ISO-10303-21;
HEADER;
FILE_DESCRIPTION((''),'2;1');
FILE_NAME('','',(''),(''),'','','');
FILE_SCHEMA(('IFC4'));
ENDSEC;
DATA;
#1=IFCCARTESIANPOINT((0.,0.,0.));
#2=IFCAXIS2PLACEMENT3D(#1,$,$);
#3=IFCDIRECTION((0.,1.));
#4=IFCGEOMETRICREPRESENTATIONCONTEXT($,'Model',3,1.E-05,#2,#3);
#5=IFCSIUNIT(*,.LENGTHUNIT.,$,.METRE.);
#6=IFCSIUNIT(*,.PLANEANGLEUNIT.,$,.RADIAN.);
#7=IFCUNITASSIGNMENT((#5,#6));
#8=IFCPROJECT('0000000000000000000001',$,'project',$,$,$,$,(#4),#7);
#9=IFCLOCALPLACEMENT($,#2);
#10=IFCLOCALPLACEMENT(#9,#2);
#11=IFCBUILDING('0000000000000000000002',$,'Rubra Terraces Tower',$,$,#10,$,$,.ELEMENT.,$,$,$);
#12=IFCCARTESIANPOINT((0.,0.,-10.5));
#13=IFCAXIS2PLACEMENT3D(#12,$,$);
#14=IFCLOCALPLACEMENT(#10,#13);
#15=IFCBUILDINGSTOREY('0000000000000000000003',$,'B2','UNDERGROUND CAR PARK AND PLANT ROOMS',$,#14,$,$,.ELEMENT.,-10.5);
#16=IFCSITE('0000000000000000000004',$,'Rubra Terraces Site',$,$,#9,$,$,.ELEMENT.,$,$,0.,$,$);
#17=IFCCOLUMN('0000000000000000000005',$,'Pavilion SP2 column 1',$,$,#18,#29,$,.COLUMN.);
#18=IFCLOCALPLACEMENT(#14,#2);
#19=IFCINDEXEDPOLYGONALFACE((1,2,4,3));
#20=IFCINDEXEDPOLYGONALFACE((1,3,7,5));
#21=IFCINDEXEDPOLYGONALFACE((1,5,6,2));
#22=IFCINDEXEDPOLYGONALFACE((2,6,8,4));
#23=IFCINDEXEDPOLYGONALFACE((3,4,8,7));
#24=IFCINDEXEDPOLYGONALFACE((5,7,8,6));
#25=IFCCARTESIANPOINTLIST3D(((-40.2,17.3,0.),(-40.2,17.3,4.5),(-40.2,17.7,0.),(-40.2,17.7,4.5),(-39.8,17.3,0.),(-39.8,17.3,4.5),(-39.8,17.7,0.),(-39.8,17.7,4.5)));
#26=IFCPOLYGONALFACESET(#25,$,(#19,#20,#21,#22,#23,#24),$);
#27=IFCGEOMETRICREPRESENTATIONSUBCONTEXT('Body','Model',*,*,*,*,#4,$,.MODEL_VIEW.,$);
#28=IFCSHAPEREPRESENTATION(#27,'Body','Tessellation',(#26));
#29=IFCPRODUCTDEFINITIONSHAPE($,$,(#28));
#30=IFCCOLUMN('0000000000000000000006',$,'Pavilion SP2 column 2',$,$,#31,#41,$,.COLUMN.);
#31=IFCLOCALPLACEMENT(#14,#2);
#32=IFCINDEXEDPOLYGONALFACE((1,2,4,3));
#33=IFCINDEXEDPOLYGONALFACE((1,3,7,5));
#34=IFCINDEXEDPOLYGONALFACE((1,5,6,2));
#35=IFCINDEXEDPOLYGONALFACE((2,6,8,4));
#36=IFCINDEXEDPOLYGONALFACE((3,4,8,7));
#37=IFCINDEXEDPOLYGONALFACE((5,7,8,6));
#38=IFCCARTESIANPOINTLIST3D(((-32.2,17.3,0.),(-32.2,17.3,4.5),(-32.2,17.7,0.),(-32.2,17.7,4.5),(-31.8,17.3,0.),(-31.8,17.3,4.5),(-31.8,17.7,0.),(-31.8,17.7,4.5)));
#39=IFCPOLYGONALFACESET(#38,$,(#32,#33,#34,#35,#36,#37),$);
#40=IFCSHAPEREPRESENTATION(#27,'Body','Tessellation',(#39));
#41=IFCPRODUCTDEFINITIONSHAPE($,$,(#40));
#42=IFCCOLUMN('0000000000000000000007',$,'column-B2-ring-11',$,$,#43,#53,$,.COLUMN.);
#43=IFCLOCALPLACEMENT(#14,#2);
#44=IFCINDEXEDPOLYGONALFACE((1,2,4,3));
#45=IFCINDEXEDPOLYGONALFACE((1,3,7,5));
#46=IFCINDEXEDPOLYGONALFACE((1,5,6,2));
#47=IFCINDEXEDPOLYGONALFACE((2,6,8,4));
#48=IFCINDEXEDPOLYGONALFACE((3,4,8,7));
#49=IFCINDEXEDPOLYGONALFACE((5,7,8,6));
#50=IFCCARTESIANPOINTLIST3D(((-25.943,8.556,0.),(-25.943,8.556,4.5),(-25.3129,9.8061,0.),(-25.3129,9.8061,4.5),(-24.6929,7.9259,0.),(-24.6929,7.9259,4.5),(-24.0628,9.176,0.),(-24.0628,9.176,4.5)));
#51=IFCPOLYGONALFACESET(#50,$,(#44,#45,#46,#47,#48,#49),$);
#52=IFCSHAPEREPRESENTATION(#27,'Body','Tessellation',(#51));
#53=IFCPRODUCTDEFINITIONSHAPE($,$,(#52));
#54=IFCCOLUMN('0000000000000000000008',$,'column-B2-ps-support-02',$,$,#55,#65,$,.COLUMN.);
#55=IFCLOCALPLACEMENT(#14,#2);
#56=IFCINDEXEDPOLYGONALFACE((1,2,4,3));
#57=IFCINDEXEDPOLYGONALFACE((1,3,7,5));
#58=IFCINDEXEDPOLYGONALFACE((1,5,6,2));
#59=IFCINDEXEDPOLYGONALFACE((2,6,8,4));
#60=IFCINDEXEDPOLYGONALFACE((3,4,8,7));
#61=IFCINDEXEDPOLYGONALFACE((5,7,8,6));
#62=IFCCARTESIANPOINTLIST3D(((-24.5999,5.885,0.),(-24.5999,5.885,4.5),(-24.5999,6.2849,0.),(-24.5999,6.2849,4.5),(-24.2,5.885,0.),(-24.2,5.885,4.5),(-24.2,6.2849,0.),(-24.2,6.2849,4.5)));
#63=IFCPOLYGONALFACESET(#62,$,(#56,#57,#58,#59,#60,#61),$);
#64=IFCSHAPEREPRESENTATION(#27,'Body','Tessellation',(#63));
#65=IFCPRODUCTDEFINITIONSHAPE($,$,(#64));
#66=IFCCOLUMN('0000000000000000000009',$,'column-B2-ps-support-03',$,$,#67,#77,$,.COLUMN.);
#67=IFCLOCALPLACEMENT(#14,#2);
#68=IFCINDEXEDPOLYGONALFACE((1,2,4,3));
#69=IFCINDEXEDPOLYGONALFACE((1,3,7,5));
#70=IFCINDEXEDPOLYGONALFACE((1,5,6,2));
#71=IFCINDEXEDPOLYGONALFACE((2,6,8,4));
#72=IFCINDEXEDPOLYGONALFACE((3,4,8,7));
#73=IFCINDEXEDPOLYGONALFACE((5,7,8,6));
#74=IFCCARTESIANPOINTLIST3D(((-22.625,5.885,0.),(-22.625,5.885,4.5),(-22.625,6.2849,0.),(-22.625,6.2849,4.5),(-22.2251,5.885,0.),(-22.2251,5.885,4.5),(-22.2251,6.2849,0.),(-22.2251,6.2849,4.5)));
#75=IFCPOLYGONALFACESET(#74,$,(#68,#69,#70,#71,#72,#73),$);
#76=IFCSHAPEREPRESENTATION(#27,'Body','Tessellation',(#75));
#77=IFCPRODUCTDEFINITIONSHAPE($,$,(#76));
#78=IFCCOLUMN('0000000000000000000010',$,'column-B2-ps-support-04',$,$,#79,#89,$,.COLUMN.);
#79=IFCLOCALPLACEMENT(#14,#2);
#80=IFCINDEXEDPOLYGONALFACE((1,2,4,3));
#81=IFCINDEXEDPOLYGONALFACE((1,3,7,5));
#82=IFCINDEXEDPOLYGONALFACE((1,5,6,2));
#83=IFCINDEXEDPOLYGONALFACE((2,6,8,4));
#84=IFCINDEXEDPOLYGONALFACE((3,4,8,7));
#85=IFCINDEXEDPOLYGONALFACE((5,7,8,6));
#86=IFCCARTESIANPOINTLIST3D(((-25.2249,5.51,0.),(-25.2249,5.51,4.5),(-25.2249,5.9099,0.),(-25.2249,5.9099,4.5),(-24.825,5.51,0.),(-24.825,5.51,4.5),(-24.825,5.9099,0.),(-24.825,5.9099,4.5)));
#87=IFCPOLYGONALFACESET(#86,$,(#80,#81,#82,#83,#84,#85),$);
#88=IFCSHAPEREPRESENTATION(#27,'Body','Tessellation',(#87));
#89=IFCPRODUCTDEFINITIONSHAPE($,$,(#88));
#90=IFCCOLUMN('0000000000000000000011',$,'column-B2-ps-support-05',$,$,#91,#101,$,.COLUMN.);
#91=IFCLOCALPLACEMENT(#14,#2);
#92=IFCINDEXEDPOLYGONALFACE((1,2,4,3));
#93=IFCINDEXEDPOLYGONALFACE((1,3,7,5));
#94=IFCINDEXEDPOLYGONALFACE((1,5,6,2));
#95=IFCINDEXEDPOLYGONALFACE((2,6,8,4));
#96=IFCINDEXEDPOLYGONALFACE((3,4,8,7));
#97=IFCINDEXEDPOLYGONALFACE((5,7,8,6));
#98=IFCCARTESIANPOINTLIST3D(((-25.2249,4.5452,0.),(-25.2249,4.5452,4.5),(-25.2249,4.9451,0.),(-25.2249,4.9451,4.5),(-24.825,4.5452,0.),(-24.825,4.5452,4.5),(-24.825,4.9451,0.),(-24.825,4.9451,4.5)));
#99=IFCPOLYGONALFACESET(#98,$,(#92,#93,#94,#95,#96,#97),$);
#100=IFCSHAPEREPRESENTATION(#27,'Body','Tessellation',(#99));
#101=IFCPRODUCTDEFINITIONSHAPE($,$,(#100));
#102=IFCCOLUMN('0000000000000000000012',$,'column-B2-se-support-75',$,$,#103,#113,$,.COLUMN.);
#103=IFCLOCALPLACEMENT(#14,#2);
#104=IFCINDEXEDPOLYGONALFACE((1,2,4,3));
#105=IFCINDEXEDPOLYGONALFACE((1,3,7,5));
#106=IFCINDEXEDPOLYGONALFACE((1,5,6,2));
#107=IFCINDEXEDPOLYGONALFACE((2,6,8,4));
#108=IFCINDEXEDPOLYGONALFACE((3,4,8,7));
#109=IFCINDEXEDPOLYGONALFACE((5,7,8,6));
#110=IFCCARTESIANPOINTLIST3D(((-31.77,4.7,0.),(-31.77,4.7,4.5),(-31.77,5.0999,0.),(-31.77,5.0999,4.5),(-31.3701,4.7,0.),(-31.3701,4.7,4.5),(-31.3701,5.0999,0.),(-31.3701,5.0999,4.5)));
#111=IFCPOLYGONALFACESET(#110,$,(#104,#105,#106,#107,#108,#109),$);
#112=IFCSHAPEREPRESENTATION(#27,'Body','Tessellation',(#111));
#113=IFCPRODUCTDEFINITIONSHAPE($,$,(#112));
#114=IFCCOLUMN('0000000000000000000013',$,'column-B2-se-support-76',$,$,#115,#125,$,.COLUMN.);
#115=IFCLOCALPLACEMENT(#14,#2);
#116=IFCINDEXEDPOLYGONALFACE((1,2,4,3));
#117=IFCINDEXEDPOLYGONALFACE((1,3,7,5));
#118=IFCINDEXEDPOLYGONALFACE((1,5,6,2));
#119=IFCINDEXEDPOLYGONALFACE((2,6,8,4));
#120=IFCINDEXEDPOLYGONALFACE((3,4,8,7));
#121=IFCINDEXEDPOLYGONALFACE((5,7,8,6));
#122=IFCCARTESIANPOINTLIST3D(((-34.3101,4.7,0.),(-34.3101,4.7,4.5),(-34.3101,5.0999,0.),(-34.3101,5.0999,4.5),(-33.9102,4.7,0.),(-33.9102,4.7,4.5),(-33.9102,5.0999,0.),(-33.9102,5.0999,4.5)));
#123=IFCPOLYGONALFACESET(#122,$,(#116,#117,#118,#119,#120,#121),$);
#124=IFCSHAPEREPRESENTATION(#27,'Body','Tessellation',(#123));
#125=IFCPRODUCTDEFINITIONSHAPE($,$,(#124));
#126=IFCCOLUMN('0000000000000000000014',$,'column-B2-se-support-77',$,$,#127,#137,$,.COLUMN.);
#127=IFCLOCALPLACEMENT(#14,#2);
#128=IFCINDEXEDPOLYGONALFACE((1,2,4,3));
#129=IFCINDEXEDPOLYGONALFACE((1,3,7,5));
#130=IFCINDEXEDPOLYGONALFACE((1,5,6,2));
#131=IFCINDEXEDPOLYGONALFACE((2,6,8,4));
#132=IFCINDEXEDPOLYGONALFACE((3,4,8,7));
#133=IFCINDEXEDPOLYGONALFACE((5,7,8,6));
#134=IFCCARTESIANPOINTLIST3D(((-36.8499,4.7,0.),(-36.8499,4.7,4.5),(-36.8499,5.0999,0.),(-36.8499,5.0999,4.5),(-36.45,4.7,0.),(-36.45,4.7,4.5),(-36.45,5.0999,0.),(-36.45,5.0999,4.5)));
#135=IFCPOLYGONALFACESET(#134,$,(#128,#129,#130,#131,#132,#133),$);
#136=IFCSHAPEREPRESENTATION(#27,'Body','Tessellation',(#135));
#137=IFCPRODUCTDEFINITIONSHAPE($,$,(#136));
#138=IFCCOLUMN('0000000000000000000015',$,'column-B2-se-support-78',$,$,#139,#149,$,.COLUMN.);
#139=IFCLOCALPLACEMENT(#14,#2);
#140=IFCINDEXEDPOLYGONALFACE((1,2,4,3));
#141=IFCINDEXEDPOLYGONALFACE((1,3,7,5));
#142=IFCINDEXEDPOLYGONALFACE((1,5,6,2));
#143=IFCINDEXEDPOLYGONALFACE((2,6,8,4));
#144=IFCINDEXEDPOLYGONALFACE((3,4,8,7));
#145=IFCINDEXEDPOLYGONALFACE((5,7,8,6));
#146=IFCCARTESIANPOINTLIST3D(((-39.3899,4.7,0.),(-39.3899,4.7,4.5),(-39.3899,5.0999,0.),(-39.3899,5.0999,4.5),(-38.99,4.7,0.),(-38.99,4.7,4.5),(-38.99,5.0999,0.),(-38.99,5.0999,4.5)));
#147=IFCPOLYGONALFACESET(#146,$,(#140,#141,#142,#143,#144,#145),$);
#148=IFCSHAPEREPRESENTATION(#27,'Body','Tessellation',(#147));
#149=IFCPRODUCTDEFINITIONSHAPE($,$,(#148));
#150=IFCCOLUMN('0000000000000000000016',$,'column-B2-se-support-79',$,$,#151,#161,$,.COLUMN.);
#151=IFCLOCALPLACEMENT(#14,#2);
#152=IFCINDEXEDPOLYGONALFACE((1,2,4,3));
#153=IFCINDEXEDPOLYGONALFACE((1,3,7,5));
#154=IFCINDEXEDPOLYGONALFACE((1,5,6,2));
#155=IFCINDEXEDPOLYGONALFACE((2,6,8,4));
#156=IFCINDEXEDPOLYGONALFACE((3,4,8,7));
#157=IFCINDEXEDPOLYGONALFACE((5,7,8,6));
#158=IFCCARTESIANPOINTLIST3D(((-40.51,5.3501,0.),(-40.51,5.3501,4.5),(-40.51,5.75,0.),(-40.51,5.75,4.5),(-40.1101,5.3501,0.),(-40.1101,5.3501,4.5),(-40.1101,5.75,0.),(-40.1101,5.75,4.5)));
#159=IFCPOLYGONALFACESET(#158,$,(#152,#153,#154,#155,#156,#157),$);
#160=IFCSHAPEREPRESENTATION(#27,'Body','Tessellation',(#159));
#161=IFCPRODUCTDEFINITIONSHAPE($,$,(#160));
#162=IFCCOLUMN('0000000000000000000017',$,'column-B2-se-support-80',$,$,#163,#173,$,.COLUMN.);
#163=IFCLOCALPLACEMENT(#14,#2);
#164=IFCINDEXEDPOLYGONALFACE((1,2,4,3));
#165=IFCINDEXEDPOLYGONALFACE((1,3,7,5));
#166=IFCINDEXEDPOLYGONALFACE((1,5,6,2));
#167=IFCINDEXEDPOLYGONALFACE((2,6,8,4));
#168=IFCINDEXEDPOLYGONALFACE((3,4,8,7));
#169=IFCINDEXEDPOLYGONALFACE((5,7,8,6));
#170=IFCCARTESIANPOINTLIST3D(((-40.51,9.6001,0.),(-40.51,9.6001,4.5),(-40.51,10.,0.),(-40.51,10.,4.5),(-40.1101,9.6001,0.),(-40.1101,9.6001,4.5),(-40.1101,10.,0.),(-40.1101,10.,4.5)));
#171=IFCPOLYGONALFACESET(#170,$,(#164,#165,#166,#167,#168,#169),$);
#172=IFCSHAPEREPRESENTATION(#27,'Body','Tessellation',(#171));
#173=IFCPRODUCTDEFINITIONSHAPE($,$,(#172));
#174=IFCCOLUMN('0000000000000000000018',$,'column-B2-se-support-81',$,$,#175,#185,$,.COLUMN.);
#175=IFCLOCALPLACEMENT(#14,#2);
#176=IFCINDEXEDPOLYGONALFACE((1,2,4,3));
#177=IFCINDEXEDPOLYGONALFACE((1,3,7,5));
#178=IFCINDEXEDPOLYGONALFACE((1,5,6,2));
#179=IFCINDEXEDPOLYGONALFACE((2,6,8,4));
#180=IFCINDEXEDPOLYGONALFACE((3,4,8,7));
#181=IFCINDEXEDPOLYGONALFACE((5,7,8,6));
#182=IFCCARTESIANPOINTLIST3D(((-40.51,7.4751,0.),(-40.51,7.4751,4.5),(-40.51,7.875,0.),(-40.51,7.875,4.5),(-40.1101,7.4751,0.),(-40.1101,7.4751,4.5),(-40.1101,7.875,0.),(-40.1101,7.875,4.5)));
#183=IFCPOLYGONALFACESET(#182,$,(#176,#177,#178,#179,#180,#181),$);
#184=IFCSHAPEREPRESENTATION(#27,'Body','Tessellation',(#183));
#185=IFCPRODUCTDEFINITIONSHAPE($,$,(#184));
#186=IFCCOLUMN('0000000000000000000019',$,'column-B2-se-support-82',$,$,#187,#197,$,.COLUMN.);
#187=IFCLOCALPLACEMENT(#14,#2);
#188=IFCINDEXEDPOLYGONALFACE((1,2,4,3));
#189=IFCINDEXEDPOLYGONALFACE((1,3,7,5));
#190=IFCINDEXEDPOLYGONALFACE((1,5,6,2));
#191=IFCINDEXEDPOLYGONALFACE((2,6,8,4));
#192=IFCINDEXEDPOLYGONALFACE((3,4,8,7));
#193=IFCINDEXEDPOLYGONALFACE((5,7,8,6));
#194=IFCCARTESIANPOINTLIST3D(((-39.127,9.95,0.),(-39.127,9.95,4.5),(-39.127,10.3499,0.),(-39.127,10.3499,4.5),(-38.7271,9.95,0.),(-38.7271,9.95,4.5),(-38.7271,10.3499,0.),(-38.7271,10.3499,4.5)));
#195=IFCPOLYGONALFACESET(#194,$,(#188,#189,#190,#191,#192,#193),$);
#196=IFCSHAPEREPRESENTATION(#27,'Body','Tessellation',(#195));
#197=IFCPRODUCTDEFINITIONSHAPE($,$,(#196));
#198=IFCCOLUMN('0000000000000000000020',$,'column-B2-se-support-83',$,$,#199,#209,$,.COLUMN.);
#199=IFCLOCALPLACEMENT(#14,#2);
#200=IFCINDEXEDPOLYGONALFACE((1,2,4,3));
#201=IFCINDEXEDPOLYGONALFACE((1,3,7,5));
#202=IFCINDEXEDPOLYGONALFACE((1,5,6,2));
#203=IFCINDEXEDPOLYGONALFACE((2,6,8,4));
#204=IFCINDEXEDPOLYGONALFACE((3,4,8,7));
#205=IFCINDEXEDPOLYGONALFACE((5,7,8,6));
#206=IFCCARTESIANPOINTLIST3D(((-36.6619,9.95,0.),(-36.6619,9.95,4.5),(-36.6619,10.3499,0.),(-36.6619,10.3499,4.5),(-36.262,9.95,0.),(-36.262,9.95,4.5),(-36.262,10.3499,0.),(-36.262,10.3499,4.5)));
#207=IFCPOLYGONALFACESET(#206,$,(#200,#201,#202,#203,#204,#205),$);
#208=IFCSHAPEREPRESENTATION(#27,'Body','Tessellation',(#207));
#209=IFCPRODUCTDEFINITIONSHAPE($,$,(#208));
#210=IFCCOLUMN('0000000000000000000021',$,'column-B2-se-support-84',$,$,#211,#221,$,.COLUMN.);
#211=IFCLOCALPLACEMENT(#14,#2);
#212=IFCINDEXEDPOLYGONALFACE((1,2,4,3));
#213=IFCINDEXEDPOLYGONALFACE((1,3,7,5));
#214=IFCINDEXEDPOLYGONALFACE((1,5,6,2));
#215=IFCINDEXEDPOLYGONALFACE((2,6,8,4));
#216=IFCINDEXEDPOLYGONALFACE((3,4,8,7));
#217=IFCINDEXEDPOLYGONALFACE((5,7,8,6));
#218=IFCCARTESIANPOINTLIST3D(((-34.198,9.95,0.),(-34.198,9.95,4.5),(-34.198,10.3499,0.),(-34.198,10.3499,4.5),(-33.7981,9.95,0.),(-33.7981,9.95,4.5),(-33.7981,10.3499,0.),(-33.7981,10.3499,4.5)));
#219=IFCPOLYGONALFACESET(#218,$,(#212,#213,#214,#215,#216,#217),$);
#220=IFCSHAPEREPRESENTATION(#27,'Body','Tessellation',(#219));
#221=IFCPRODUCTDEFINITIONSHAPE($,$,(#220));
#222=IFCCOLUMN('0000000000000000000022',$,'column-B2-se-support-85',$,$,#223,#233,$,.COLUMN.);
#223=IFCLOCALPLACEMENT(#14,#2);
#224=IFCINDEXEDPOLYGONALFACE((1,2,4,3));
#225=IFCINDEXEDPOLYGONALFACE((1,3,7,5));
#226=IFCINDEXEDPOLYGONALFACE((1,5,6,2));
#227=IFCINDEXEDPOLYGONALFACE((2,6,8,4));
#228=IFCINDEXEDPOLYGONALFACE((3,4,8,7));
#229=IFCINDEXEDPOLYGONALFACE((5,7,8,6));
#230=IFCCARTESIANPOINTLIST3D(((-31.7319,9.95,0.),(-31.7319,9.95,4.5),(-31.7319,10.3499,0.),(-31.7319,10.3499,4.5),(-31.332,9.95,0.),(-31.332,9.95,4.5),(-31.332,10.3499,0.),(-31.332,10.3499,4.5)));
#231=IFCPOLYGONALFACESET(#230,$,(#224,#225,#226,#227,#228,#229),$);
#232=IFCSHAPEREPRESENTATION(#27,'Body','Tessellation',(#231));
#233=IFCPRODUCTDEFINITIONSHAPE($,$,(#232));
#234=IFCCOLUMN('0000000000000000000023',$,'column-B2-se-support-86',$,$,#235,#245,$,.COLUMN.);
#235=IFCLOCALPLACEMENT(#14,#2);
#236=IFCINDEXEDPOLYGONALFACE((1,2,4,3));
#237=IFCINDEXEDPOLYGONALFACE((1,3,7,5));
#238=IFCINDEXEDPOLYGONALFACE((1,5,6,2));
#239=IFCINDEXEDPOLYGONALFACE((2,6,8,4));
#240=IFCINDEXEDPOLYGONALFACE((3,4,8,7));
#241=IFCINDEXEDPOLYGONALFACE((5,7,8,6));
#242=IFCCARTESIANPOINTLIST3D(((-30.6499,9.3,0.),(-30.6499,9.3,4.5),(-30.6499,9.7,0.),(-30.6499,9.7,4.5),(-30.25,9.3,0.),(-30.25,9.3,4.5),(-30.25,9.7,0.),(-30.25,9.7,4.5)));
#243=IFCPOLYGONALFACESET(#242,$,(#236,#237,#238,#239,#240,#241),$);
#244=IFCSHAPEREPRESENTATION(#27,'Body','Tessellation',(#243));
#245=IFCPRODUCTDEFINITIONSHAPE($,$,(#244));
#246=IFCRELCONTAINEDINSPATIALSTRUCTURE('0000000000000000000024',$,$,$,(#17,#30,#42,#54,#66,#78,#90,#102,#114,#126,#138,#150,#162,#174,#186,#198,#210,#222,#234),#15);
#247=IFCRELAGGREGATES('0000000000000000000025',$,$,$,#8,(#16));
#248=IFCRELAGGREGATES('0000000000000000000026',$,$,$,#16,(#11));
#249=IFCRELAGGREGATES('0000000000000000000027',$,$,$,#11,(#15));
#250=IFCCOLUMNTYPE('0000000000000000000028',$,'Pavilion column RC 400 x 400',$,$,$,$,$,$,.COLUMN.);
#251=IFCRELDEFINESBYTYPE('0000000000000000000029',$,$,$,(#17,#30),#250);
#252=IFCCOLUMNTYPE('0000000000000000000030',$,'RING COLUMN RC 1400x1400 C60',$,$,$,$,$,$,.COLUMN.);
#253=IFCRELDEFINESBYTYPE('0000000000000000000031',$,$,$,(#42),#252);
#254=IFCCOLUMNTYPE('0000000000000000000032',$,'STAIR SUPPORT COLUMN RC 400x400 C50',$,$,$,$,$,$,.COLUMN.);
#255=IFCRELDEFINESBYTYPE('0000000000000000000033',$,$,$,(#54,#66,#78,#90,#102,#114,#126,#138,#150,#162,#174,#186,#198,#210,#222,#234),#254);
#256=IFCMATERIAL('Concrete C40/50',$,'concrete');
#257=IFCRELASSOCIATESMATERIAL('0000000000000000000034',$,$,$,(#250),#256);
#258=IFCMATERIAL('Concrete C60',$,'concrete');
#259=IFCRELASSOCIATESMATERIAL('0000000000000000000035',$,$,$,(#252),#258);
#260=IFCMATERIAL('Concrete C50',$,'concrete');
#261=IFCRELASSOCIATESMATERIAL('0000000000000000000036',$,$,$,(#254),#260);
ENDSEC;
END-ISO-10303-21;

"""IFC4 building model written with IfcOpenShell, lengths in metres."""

from ifc_helpers import new_model, si_unit, direction, frame, origin, origin_2d, place, context, subcontext, project, spatial, rectangle, extrude, material, material_profile, profile_set, type_object, element, save


model = new_model("IFC4")

# Units and contexts
model_context = context("Model", 3, precision=1e-05, world=origin(), true_north=direction((0.0, 1.0)))
body_context = subcontext(model_context, "Body", "Model", "MODEL_VIEW")
ifc_project = project(units=[si_unit("LENGTHUNIT", "METRE"), si_unit("PLANEANGLEUNIT", "RADIAN")], contexts=[model_context])

# Site, building, storey
site_placement = place(None, origin())
site = spatial("IfcSite", under=ifc_project, at=site_placement, Name="Rubra Terraces Site", CompositionType="ELEMENT", RefElevation=0.0)
building_placement = place(site_placement, origin())
building = spatial("IfcBuilding", under=site, at=building_placement, Name="Rubra Terraces Tower", CompositionType="ELEMENT")
storey_placement = place(building_placement, frame((0.0, 0.0, -10.5)))
storey = spatial("IfcBuildingStorey", under=building, at=storey_placement, Name="B2", Description="UNDERGROUND CAR PARK AND PLANT ROOMS", CompositionType="ELEMENT", Elevation=-10.5)

# Columns
ifc_material_1 = material(Name="Concrete C40/50", Category="concrete")
ifc_material_profile_1 = material_profile(ifc_material_1, rectangle(XDim=0.3999, YDim=0.3999, at=origin_2d()), Name="RC 400x400")
ifc_profile_set_1 = profile_set([ifc_material_profile_1], Name="Concrete C40/50")
column_type_1 = type_object("IfcColumnType", Name="Pavilion column RC 400 x 400", PredefinedType="COLUMN", material=ifc_profile_set_1)
for number, where, z_axis, x_axis, name in (
    (1, (-40.0, 17.5, 0.0), (0.0, 0.0, 1.0), (1.0, 0.0, 0.0), "Pavilion SP2 column 1"),
    (2, (-32.0, 17.5, 0.0), (0.0, 0.0, 1.0), (1.0, 0.0, 0.0), "Pavilion SP2 column 2"),
):
    element("IfcColumn", number, at=place(storey_placement, frame(where, z_axis=z_axis, x_axis=x_axis)), inside=storey, type_object=column_type_1, Name=name, PredefinedType="COLUMN", context=body_context, shape_type="SweptSolid", body=[
        extrude(rectangle(XDim=0.3999, YDim=0.3999, at=origin_2d()), origin(), (0.0, 0.0, 1.0), 4.5),
    ])
ifc_material_2 = material(Name="Concrete C60", Category="concrete")
ifc_material_profile_2 = material_profile(ifc_material_2, rectangle(XDim=1.3999, YDim=1.3999, at=origin_2d()), Name="RC 1400x1400")
ifc_profile_set_2 = profile_set([ifc_material_profile_2], Name="Concrete C60")
column_type_2 = type_object("IfcColumnType", Name="RING COLUMN RC 1400x1400 C60", PredefinedType="COLUMN", material=ifc_profile_set_2)
column_placement = place(storey_placement, frame((-25.0029, 8.866, 0.0), z_axis=(0.0, 0.0, 1.0), x_axis=(-0.450099, -0.892979, 0.0)))
element("IfcColumn", 3, at=column_placement, inside=storey, type_object=column_type_2, Name="column-B2-ring-11", PredefinedType="COLUMN", context=body_context, shape_type="SweptSolid", body=[
    extrude(rectangle(XDim=1.3999, YDim=1.3999, at=origin_2d()), origin(), (0.0, 0.0, 1.0), 4.5),
])
ifc_material_3 = material(Name="Concrete C50", Category="concrete")
ifc_material_profile_3 = material_profile(ifc_material_3, rectangle(XDim=0.3999, YDim=0.3999, at=origin_2d()), Name="RC 400x400")
ifc_profile_set_3 = profile_set([ifc_material_profile_3], Name="Concrete C50")
column_type_3 = type_object("IfcColumnType", Name="STAIR SUPPORT COLUMN RC 400x400 C50", PredefinedType="COLUMN", material=ifc_profile_set_3)
for number, where, z_axis, x_axis, name in (
    (4, (-24.3999, 6.085, 0.0), (0.0, 0.0, 1.0), (1.0, 0.0, 0.0), "column-B2-ps-support-02"),
    (5, (-22.425, 6.085, 0.0), (0.0, 0.0, 1.0), (1.0, 0.0, 0.0), "column-B2-ps-support-03"),
    (6, (-25.0249, 5.71, 0.0), (0.0, 0.0, 1.0), (1.0, 0.0, 0.0), "column-B2-ps-support-04"),
    (7, (-25.0249, 4.7451, 0.0), (0.0, 0.0, 1.0), (1.0, 0.0, 0.0), "column-B2-ps-support-05"),
    (8, (-31.5701, 4.8999, 0.0), (0.0, 0.0, 1.0), (1.0, 0.0, 0.0), "column-B2-se-support-75"),
    (9, (-34.1101, 4.8999, 0.0), (0.0, 0.0, 1.0), (1.0, 0.0, 0.0), "column-B2-se-support-76"),
    (10, (-36.6499, 4.8999, 0.0), (0.0, 0.0, 1.0), (1.0, 0.0, 0.0), "column-B2-se-support-77"),
    (11, (-39.1899, 4.8999, 0.0), (0.0, 0.0, 1.0), (1.0, 0.0, 0.0), "column-B2-se-support-78"),
    (12, (-40.3101, 5.55, 0.0), (0.0, 0.0, 1.0), (1.0, 0.0, 0.0), "column-B2-se-support-79"),
    (13, (-40.3101, 9.8, 0.0), (0.0, 0.0, 1.0), (1.0, 0.0, 0.0), "column-B2-se-support-80"),
    (14, (-40.3101, 7.675, 0.0), (0.0, 0.0, 1.0), (1.0, 0.0, 0.0), "column-B2-se-support-81"),
    (15, (-38.927, 10.1499, 0.0), (0.0, 0.0, 1.0), (1.0, 0.0, 0.0), "column-B2-se-support-82"),
    (16, (-36.4619, 10.1499, 0.0), (0.0, 0.0, 1.0), (1.0, 0.0, 0.0), "column-B2-se-support-83"),
    (17, (-33.998, 10.1499, 0.0), (0.0, 0.0, 1.0), (1.0, 0.0, 0.0), "column-B2-se-support-84"),
    (18, (-31.532, 10.1499, 0.0), (0.0, 0.0, 1.0), (1.0, 0.0, 0.0), "column-B2-se-support-85"),
    (19, (-30.45, 9.5, 0.0), (0.0, 0.0, 1.0), (1.0, 0.0, 0.0), "column-B2-se-support-86"),
):
    element("IfcColumn", number, at=place(storey_placement, frame(where, z_axis=z_axis, x_axis=x_axis)), inside=storey, type_object=column_type_3, Name=name, PredefinedType="COLUMN", context=body_context, shape_type="SweptSolid", body=[
        extrude(rectangle(XDim=0.3999, YDim=0.3999, at=origin_2d()), origin(), (0.0, 0.0, 1.0), 4.5),
    ])

save(model, "model.ifc")
